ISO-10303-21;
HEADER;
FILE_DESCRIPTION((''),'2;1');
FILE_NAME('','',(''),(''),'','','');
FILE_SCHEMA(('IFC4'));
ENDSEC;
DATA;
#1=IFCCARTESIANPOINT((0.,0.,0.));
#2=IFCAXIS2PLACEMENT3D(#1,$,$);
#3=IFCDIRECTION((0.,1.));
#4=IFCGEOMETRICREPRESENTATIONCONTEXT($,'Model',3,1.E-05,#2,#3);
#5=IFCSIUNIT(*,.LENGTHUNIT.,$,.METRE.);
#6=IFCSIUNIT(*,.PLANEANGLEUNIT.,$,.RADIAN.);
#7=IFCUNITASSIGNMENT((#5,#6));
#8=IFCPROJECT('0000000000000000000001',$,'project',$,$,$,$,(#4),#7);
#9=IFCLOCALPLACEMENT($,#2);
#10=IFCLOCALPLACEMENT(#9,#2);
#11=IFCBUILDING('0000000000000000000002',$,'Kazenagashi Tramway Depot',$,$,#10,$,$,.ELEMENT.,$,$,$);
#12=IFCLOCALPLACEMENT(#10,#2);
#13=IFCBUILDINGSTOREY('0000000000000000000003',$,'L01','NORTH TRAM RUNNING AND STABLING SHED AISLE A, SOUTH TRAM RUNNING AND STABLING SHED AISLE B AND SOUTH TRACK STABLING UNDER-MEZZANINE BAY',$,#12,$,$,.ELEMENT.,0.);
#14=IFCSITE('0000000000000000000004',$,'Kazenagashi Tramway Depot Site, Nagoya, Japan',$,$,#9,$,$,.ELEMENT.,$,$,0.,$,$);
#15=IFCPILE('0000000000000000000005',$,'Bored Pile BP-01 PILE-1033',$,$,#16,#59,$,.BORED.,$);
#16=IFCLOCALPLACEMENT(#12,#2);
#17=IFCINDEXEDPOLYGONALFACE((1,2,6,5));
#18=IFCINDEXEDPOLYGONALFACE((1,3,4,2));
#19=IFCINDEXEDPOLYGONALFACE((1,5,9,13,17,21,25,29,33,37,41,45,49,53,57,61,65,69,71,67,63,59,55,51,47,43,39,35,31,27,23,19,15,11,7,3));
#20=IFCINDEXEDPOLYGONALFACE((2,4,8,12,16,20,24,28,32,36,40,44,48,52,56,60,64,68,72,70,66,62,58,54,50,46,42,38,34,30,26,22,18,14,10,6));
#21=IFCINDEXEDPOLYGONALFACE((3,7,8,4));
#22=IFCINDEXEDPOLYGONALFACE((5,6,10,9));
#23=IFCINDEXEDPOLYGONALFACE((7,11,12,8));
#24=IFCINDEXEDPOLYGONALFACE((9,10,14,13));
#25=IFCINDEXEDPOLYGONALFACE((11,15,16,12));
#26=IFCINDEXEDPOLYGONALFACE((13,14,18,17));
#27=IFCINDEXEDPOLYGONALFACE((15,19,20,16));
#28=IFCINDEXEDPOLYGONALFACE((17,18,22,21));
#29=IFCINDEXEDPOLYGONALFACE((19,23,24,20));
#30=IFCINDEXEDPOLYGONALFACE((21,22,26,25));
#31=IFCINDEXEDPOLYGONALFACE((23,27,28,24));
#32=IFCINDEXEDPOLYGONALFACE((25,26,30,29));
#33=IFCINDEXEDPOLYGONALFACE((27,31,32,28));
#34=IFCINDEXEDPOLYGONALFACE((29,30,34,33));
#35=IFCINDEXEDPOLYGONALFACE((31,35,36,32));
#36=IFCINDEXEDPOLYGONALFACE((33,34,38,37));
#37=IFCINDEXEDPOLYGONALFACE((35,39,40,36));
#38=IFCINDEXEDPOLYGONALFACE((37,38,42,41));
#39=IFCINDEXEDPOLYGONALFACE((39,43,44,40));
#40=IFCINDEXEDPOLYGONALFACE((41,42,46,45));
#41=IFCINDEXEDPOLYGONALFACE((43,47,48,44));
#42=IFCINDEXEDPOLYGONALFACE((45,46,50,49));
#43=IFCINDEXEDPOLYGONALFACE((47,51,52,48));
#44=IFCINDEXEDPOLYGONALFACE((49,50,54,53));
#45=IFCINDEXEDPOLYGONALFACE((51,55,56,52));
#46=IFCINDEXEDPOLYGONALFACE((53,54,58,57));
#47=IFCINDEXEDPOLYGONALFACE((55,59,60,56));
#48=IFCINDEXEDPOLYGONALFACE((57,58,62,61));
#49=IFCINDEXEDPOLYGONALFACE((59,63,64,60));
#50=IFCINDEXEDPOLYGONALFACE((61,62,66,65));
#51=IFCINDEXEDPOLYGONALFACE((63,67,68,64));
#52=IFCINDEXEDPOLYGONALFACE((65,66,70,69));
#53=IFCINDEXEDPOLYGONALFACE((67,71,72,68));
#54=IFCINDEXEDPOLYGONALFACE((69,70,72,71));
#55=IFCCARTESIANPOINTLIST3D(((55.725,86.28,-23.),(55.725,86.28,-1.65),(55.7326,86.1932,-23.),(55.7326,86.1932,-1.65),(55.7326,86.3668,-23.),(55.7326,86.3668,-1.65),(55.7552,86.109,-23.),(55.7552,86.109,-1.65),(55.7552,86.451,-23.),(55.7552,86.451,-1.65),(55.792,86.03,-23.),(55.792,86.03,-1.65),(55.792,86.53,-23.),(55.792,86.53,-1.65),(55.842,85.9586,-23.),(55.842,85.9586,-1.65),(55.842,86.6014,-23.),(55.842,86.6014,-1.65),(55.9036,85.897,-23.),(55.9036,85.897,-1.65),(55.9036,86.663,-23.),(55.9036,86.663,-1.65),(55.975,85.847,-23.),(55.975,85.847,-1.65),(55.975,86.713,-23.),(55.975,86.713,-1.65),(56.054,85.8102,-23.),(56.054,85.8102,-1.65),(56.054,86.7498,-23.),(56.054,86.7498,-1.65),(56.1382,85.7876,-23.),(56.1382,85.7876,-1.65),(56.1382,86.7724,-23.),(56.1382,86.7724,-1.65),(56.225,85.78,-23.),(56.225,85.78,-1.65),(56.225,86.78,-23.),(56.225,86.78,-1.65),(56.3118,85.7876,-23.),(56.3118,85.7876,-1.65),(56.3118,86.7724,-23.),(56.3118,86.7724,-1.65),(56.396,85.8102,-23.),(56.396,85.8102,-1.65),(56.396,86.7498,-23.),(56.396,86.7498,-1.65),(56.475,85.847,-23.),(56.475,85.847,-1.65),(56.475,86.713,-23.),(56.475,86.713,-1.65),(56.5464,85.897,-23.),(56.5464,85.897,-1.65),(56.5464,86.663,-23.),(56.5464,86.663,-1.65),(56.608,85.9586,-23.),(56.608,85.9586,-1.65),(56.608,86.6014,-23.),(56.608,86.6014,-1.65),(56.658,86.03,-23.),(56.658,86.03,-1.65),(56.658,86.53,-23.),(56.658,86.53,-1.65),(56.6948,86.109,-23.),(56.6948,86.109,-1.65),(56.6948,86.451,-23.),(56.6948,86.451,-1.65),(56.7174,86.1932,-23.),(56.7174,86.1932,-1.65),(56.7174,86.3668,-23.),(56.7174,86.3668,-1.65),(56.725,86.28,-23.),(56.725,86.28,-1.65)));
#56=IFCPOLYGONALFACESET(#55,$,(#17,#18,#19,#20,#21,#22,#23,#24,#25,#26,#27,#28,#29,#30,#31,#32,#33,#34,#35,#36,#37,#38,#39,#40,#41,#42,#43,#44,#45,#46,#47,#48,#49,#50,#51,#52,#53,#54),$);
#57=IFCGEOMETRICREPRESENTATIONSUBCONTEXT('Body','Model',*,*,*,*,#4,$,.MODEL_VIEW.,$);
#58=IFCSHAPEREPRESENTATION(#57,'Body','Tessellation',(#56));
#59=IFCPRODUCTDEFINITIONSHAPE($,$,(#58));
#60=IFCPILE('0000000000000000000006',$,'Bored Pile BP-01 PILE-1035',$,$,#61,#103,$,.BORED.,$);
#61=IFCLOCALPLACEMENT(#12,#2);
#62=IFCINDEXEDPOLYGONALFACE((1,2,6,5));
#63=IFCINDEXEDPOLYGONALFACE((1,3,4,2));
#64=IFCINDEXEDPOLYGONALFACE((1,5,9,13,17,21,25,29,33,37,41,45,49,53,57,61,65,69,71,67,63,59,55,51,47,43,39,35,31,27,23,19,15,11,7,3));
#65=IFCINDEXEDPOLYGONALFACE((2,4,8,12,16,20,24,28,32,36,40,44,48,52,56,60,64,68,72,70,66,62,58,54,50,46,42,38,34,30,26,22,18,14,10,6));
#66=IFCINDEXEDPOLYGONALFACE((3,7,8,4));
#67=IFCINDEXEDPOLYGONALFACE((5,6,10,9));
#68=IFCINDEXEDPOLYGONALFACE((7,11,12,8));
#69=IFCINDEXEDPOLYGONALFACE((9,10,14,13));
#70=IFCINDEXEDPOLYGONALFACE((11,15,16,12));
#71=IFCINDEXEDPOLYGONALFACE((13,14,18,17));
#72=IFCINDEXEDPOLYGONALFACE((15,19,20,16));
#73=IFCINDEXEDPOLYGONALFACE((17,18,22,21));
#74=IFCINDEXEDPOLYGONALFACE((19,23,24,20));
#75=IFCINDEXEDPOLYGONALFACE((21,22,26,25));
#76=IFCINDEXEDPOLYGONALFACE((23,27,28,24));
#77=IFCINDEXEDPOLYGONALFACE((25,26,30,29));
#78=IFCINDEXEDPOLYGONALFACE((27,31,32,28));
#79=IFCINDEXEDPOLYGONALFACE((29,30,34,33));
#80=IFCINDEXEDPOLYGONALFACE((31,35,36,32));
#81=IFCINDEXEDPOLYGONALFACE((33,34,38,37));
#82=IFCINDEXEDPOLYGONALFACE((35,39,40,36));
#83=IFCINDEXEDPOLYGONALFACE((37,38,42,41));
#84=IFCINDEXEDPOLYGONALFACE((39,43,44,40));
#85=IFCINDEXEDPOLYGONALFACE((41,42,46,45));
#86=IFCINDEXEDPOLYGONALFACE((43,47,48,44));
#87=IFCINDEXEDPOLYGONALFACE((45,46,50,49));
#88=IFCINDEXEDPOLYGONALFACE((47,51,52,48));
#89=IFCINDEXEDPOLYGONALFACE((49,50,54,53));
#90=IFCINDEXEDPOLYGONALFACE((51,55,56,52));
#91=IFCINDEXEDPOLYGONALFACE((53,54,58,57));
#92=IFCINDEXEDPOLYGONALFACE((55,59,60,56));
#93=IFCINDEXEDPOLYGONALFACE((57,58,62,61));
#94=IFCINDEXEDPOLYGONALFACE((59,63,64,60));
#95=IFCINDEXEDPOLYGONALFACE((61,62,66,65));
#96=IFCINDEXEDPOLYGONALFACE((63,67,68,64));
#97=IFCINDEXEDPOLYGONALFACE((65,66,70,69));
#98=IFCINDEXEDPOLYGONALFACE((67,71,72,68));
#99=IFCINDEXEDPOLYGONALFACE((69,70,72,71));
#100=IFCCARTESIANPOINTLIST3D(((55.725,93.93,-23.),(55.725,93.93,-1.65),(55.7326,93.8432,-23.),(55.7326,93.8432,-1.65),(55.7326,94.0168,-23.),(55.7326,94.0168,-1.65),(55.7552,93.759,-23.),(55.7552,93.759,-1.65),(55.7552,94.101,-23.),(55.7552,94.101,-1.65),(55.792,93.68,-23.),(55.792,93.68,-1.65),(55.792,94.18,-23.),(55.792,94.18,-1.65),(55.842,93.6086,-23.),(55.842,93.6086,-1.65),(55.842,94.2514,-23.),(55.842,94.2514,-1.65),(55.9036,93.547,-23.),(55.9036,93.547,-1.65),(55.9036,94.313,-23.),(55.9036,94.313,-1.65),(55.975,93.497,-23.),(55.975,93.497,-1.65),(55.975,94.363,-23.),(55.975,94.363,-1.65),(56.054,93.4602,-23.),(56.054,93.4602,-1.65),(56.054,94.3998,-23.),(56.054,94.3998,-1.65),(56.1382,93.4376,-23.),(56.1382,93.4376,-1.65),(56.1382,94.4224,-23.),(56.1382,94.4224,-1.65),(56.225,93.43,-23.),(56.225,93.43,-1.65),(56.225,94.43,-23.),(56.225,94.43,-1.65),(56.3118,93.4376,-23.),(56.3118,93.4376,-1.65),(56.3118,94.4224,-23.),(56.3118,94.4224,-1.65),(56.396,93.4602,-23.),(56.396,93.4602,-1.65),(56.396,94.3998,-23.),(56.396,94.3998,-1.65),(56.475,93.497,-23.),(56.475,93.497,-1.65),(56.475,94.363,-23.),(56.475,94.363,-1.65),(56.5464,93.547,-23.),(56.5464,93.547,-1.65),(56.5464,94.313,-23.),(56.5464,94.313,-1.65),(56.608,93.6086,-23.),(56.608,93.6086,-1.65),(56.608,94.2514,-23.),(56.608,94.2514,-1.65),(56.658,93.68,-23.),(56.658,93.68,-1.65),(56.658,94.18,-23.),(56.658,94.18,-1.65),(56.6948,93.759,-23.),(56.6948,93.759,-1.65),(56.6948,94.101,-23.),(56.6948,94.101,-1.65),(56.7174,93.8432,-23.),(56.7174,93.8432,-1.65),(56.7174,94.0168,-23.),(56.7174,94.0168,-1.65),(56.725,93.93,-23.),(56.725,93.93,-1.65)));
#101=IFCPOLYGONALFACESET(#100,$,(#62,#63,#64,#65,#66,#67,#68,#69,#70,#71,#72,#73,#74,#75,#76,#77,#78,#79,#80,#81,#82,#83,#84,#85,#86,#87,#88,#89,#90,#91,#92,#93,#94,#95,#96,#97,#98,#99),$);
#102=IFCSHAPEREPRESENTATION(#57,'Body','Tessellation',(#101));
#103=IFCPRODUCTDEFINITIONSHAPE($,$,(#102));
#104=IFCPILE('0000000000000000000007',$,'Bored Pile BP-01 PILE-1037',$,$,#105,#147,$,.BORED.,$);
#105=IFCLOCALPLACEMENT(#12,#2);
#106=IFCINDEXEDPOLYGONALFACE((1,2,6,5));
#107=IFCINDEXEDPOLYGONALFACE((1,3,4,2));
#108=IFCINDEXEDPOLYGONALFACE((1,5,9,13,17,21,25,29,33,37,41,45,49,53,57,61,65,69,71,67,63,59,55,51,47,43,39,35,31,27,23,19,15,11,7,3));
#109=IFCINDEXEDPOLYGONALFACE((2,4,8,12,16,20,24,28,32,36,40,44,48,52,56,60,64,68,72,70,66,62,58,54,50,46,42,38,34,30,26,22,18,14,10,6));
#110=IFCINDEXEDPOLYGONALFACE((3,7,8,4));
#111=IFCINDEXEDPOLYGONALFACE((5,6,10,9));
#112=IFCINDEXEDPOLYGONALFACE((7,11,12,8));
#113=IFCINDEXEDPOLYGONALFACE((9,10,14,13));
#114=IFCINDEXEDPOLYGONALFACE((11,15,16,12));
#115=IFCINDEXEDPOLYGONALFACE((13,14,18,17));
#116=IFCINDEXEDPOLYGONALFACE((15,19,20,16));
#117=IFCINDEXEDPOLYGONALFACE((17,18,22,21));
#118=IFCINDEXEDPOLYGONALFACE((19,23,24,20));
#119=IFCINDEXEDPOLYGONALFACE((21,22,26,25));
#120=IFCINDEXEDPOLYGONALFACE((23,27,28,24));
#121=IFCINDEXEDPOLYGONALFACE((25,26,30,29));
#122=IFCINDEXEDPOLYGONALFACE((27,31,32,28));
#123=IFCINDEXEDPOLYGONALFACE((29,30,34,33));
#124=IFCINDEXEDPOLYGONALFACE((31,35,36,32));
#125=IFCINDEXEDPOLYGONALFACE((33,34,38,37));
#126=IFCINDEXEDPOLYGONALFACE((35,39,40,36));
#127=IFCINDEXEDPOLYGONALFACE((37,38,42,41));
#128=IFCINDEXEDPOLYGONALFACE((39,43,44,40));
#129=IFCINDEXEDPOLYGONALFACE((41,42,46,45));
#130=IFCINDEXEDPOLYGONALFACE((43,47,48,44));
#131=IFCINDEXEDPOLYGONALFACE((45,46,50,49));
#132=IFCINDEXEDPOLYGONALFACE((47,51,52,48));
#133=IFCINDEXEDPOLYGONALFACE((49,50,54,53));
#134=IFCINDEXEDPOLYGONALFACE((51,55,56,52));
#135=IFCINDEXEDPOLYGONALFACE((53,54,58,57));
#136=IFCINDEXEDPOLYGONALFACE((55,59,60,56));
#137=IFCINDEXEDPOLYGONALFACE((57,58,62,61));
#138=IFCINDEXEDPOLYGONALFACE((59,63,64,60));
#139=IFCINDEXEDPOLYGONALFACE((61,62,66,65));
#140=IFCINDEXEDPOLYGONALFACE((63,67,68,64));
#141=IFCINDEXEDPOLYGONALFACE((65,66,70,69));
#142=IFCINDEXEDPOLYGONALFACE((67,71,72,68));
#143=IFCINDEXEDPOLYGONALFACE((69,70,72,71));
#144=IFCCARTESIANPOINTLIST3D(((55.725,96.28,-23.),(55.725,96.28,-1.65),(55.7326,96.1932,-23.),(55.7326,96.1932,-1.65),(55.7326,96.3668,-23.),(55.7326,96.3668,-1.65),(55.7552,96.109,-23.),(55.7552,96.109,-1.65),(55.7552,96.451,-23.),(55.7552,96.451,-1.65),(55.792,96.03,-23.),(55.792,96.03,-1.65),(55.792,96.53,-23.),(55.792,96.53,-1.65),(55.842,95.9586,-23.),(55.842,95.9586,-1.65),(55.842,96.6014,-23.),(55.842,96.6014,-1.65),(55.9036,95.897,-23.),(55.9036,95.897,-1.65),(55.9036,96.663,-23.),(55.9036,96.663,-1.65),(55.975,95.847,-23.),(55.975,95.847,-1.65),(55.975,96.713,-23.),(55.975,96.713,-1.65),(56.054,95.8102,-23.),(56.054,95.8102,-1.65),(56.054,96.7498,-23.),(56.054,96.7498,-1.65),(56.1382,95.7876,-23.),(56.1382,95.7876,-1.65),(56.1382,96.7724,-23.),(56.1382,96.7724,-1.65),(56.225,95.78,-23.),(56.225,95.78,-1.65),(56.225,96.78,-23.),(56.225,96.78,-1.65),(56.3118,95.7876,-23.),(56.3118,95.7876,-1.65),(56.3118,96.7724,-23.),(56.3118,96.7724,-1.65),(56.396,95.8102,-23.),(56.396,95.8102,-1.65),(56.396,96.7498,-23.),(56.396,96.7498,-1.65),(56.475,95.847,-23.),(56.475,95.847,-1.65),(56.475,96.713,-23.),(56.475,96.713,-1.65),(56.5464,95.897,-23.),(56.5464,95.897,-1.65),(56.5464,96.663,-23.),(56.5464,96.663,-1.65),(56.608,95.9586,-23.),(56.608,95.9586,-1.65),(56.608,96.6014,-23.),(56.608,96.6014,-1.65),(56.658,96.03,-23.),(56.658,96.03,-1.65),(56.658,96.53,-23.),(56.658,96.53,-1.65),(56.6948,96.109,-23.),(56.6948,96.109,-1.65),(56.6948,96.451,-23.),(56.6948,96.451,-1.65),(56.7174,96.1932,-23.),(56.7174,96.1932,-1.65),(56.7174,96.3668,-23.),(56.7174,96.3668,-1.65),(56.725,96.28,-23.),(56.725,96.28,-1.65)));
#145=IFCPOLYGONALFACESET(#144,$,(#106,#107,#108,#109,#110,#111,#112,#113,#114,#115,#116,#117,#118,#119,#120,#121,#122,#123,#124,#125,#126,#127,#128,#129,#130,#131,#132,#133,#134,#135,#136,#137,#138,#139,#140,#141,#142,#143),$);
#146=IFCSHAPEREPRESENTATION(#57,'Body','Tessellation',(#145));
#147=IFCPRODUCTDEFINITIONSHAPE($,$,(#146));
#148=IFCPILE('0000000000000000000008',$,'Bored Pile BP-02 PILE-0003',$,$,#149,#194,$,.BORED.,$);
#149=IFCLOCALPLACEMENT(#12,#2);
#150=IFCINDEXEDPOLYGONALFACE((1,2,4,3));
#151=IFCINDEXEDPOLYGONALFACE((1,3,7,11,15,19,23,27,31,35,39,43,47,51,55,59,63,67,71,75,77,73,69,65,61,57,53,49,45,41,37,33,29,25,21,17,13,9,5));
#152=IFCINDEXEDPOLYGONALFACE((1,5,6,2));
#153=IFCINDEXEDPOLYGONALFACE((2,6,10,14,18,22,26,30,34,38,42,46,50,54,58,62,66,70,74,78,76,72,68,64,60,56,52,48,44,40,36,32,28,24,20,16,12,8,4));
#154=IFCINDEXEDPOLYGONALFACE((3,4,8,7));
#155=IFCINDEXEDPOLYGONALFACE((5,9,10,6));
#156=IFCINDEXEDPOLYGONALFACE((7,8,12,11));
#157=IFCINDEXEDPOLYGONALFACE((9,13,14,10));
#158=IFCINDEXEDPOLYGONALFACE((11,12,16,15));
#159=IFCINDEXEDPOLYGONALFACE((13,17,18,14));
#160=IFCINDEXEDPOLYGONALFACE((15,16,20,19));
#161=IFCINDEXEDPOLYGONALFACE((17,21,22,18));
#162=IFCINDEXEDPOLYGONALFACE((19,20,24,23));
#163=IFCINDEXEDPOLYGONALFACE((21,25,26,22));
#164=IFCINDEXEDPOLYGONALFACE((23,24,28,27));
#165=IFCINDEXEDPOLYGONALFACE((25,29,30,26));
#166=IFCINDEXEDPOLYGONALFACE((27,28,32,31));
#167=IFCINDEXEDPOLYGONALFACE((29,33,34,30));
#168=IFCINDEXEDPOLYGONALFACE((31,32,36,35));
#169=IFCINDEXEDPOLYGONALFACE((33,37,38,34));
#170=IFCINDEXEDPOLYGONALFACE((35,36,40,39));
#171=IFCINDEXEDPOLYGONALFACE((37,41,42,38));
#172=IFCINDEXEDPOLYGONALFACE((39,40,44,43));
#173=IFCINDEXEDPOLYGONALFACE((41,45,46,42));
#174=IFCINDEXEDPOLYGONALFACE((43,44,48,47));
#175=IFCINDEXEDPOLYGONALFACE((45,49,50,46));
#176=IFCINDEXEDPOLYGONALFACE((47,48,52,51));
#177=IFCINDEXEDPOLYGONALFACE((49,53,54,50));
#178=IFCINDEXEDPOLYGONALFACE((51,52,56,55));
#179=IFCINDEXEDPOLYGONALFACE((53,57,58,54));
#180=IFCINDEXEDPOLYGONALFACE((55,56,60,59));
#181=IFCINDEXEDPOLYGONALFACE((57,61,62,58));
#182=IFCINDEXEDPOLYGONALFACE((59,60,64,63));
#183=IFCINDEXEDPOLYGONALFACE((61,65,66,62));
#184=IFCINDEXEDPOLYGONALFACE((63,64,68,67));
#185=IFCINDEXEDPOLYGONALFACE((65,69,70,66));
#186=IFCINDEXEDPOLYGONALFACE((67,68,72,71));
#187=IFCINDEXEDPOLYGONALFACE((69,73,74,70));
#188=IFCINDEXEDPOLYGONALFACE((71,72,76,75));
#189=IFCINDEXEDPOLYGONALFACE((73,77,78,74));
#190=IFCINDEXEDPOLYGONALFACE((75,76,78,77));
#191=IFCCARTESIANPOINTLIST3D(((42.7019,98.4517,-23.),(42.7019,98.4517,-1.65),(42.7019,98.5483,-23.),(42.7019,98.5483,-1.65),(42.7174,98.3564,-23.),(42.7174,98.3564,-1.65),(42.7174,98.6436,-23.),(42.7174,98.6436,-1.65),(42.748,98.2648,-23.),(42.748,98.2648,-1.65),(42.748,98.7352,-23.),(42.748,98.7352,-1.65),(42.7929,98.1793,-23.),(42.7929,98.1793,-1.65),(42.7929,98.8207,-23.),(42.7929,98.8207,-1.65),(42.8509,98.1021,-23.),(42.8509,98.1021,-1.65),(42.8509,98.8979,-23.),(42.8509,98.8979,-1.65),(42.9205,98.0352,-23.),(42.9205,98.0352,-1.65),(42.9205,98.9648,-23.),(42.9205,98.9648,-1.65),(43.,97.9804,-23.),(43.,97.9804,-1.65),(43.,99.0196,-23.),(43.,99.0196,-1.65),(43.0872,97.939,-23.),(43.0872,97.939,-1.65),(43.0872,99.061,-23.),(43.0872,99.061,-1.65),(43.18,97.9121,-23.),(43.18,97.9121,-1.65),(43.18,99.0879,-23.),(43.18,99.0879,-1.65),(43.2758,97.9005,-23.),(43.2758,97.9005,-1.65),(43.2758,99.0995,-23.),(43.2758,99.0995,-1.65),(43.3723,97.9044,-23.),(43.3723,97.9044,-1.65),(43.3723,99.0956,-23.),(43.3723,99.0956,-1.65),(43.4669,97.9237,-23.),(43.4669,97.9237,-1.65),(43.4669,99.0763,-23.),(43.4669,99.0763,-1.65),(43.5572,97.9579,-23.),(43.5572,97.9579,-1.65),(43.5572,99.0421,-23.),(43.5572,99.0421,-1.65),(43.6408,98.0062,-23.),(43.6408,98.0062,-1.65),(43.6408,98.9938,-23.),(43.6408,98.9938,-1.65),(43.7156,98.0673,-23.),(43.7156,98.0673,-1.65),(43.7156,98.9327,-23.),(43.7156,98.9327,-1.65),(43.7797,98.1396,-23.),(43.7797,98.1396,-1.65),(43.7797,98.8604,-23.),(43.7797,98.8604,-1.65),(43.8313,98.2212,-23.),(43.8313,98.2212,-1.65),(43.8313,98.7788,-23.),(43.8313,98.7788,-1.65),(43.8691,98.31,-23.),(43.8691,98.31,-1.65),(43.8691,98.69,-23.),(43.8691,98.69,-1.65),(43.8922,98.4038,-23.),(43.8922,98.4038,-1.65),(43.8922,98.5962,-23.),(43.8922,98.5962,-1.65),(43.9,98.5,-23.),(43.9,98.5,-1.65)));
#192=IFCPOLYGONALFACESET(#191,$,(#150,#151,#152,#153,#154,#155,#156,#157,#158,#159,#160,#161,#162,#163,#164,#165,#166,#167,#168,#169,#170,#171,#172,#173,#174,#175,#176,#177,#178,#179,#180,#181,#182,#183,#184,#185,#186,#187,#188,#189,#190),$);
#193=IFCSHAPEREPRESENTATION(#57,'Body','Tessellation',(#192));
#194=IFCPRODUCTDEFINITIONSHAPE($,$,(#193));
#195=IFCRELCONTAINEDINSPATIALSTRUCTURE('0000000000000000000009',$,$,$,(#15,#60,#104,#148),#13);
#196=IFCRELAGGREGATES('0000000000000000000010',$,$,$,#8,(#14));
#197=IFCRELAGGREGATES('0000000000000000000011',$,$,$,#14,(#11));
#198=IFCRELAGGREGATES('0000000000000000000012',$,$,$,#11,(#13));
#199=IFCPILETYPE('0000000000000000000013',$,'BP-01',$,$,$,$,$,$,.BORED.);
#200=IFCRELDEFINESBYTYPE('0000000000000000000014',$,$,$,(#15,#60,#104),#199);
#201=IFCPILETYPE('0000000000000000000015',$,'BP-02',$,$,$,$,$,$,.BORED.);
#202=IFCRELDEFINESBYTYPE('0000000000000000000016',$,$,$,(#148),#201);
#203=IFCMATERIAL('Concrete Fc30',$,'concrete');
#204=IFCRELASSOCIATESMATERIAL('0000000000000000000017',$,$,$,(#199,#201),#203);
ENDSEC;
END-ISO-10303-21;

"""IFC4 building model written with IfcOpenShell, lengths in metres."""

from ifc_helpers import new_model, si_unit, direction, frame, origin, origin_2d, place, context, subcontext, project, spatial, circle, extrude, material, material_profile, profile_set, type_object, element, save


model = new_model("IFC4")

# Units and contexts
model_context = context("Model", 3, precision=1e-05, world=origin(), true_north=direction((0.0, 1.0)))
body_context = subcontext(model_context, "Body", "Model", "MODEL_VIEW")
ifc_project = project(units=[si_unit("LENGTHUNIT", "METRE"), si_unit("PLANEANGLEUNIT", "RADIAN")], contexts=[model_context])

# Site, building, storey
site_placement = place(None, origin())
site = spatial("IfcSite", under=ifc_project, at=site_placement, Name="Kazenagashi Tramway Depot Site, Nagoya, Japan", CompositionType="ELEMENT", RefElevation=0.0)
building_placement = place(site_placement, origin())
building = spatial("IfcBuilding", under=site, at=building_placement, Name="Kazenagashi Tramway Depot", CompositionType="ELEMENT")
storey_placement = place(building_placement, origin())
storey = spatial("IfcBuildingStorey", under=building, at=storey_placement, Name="L01", Description="NORTH TRAM RUNNING AND STABLING SHED AISLE A, SOUTH TRAM RUNNING AND STABLING SHED AISLE B AND SOUTH TRACK STABLING UNDER-MEZZANINE BAY", CompositionType="ELEMENT", Elevation=0.0)

# Piles
ifc_material_1 = material(Name="Concrete Fc30", Category="concrete")
ifc_material_profile_1 = material_profile(ifc_material_1, circle(Radius=0.5, at=origin_2d()), Name="PILE-1000")
ifc_profile_set_1 = profile_set([ifc_material_profile_1], Name="Concrete Fc30")
pile_type_1 = type_object("IfcPileType", Name="BP-01", PredefinedType="BORED", material=ifc_profile_set_1)
for number, where, z_axis, x_axis, name in (
    (1, (56.225, 86.28, -1.65), (0.0, 0.0, -1.0), (1.0, 0.0, 0.0), "Bored Pile BP-01 PILE-1033"),
    (2, (56.225, 93.93, -1.65), (0.0, 0.0, -1.0), (1.0, 0.0, 0.0), "Bored Pile BP-01 PILE-1035"),
    (3, (56.225, 96.28, -1.65), (0.0, 0.0, -1.0), (1.0, 0.0, 0.0), "Bored Pile BP-01 PILE-1037"),
):
    element("IfcPile", number, at=place(storey_placement, frame(where, z_axis=z_axis, x_axis=x_axis)), inside=storey, type_object=pile_type_1, Name=name, PredefinedType="BORED", context=body_context, shape_type="SweptSolid", body=[
        extrude(circle(Radius=0.5, at=origin_2d()), origin(), (0.0, 0.0, 1.0), 21.35),
    ])
ifc_material_profile_2 = material_profile(ifc_material_1, circle(Radius=0.6, at=origin_2d()), Name="PILE-1200")
ifc_profile_set_2 = profile_set([ifc_material_profile_2], Name="Concrete Fc30")
pile_type_2 = type_object("IfcPileType", Name="BP-02", PredefinedType="BORED", material=ifc_profile_set_2)
for number, where, z_axis, x_axis, name in (
    (4, (43.3, 98.5, -1.65), (0.0, 0.0, -1.0), (1.0, 0.0, 0.0), "Bored Pile BP-02 PILE-0003"),
):
    element("IfcPile", number, at=place(storey_placement, frame(where, z_axis=z_axis, x_axis=x_axis)), inside=storey, type_object=pile_type_2, Name=name, PredefinedType="BORED", context=body_context, shape_type="SweptSolid", body=[
        extrude(circle(Radius=0.6, at=origin_2d()), origin(), (0.0, 0.0, 1.0), 21.35),
    ])

save(model, "model.ifc")
